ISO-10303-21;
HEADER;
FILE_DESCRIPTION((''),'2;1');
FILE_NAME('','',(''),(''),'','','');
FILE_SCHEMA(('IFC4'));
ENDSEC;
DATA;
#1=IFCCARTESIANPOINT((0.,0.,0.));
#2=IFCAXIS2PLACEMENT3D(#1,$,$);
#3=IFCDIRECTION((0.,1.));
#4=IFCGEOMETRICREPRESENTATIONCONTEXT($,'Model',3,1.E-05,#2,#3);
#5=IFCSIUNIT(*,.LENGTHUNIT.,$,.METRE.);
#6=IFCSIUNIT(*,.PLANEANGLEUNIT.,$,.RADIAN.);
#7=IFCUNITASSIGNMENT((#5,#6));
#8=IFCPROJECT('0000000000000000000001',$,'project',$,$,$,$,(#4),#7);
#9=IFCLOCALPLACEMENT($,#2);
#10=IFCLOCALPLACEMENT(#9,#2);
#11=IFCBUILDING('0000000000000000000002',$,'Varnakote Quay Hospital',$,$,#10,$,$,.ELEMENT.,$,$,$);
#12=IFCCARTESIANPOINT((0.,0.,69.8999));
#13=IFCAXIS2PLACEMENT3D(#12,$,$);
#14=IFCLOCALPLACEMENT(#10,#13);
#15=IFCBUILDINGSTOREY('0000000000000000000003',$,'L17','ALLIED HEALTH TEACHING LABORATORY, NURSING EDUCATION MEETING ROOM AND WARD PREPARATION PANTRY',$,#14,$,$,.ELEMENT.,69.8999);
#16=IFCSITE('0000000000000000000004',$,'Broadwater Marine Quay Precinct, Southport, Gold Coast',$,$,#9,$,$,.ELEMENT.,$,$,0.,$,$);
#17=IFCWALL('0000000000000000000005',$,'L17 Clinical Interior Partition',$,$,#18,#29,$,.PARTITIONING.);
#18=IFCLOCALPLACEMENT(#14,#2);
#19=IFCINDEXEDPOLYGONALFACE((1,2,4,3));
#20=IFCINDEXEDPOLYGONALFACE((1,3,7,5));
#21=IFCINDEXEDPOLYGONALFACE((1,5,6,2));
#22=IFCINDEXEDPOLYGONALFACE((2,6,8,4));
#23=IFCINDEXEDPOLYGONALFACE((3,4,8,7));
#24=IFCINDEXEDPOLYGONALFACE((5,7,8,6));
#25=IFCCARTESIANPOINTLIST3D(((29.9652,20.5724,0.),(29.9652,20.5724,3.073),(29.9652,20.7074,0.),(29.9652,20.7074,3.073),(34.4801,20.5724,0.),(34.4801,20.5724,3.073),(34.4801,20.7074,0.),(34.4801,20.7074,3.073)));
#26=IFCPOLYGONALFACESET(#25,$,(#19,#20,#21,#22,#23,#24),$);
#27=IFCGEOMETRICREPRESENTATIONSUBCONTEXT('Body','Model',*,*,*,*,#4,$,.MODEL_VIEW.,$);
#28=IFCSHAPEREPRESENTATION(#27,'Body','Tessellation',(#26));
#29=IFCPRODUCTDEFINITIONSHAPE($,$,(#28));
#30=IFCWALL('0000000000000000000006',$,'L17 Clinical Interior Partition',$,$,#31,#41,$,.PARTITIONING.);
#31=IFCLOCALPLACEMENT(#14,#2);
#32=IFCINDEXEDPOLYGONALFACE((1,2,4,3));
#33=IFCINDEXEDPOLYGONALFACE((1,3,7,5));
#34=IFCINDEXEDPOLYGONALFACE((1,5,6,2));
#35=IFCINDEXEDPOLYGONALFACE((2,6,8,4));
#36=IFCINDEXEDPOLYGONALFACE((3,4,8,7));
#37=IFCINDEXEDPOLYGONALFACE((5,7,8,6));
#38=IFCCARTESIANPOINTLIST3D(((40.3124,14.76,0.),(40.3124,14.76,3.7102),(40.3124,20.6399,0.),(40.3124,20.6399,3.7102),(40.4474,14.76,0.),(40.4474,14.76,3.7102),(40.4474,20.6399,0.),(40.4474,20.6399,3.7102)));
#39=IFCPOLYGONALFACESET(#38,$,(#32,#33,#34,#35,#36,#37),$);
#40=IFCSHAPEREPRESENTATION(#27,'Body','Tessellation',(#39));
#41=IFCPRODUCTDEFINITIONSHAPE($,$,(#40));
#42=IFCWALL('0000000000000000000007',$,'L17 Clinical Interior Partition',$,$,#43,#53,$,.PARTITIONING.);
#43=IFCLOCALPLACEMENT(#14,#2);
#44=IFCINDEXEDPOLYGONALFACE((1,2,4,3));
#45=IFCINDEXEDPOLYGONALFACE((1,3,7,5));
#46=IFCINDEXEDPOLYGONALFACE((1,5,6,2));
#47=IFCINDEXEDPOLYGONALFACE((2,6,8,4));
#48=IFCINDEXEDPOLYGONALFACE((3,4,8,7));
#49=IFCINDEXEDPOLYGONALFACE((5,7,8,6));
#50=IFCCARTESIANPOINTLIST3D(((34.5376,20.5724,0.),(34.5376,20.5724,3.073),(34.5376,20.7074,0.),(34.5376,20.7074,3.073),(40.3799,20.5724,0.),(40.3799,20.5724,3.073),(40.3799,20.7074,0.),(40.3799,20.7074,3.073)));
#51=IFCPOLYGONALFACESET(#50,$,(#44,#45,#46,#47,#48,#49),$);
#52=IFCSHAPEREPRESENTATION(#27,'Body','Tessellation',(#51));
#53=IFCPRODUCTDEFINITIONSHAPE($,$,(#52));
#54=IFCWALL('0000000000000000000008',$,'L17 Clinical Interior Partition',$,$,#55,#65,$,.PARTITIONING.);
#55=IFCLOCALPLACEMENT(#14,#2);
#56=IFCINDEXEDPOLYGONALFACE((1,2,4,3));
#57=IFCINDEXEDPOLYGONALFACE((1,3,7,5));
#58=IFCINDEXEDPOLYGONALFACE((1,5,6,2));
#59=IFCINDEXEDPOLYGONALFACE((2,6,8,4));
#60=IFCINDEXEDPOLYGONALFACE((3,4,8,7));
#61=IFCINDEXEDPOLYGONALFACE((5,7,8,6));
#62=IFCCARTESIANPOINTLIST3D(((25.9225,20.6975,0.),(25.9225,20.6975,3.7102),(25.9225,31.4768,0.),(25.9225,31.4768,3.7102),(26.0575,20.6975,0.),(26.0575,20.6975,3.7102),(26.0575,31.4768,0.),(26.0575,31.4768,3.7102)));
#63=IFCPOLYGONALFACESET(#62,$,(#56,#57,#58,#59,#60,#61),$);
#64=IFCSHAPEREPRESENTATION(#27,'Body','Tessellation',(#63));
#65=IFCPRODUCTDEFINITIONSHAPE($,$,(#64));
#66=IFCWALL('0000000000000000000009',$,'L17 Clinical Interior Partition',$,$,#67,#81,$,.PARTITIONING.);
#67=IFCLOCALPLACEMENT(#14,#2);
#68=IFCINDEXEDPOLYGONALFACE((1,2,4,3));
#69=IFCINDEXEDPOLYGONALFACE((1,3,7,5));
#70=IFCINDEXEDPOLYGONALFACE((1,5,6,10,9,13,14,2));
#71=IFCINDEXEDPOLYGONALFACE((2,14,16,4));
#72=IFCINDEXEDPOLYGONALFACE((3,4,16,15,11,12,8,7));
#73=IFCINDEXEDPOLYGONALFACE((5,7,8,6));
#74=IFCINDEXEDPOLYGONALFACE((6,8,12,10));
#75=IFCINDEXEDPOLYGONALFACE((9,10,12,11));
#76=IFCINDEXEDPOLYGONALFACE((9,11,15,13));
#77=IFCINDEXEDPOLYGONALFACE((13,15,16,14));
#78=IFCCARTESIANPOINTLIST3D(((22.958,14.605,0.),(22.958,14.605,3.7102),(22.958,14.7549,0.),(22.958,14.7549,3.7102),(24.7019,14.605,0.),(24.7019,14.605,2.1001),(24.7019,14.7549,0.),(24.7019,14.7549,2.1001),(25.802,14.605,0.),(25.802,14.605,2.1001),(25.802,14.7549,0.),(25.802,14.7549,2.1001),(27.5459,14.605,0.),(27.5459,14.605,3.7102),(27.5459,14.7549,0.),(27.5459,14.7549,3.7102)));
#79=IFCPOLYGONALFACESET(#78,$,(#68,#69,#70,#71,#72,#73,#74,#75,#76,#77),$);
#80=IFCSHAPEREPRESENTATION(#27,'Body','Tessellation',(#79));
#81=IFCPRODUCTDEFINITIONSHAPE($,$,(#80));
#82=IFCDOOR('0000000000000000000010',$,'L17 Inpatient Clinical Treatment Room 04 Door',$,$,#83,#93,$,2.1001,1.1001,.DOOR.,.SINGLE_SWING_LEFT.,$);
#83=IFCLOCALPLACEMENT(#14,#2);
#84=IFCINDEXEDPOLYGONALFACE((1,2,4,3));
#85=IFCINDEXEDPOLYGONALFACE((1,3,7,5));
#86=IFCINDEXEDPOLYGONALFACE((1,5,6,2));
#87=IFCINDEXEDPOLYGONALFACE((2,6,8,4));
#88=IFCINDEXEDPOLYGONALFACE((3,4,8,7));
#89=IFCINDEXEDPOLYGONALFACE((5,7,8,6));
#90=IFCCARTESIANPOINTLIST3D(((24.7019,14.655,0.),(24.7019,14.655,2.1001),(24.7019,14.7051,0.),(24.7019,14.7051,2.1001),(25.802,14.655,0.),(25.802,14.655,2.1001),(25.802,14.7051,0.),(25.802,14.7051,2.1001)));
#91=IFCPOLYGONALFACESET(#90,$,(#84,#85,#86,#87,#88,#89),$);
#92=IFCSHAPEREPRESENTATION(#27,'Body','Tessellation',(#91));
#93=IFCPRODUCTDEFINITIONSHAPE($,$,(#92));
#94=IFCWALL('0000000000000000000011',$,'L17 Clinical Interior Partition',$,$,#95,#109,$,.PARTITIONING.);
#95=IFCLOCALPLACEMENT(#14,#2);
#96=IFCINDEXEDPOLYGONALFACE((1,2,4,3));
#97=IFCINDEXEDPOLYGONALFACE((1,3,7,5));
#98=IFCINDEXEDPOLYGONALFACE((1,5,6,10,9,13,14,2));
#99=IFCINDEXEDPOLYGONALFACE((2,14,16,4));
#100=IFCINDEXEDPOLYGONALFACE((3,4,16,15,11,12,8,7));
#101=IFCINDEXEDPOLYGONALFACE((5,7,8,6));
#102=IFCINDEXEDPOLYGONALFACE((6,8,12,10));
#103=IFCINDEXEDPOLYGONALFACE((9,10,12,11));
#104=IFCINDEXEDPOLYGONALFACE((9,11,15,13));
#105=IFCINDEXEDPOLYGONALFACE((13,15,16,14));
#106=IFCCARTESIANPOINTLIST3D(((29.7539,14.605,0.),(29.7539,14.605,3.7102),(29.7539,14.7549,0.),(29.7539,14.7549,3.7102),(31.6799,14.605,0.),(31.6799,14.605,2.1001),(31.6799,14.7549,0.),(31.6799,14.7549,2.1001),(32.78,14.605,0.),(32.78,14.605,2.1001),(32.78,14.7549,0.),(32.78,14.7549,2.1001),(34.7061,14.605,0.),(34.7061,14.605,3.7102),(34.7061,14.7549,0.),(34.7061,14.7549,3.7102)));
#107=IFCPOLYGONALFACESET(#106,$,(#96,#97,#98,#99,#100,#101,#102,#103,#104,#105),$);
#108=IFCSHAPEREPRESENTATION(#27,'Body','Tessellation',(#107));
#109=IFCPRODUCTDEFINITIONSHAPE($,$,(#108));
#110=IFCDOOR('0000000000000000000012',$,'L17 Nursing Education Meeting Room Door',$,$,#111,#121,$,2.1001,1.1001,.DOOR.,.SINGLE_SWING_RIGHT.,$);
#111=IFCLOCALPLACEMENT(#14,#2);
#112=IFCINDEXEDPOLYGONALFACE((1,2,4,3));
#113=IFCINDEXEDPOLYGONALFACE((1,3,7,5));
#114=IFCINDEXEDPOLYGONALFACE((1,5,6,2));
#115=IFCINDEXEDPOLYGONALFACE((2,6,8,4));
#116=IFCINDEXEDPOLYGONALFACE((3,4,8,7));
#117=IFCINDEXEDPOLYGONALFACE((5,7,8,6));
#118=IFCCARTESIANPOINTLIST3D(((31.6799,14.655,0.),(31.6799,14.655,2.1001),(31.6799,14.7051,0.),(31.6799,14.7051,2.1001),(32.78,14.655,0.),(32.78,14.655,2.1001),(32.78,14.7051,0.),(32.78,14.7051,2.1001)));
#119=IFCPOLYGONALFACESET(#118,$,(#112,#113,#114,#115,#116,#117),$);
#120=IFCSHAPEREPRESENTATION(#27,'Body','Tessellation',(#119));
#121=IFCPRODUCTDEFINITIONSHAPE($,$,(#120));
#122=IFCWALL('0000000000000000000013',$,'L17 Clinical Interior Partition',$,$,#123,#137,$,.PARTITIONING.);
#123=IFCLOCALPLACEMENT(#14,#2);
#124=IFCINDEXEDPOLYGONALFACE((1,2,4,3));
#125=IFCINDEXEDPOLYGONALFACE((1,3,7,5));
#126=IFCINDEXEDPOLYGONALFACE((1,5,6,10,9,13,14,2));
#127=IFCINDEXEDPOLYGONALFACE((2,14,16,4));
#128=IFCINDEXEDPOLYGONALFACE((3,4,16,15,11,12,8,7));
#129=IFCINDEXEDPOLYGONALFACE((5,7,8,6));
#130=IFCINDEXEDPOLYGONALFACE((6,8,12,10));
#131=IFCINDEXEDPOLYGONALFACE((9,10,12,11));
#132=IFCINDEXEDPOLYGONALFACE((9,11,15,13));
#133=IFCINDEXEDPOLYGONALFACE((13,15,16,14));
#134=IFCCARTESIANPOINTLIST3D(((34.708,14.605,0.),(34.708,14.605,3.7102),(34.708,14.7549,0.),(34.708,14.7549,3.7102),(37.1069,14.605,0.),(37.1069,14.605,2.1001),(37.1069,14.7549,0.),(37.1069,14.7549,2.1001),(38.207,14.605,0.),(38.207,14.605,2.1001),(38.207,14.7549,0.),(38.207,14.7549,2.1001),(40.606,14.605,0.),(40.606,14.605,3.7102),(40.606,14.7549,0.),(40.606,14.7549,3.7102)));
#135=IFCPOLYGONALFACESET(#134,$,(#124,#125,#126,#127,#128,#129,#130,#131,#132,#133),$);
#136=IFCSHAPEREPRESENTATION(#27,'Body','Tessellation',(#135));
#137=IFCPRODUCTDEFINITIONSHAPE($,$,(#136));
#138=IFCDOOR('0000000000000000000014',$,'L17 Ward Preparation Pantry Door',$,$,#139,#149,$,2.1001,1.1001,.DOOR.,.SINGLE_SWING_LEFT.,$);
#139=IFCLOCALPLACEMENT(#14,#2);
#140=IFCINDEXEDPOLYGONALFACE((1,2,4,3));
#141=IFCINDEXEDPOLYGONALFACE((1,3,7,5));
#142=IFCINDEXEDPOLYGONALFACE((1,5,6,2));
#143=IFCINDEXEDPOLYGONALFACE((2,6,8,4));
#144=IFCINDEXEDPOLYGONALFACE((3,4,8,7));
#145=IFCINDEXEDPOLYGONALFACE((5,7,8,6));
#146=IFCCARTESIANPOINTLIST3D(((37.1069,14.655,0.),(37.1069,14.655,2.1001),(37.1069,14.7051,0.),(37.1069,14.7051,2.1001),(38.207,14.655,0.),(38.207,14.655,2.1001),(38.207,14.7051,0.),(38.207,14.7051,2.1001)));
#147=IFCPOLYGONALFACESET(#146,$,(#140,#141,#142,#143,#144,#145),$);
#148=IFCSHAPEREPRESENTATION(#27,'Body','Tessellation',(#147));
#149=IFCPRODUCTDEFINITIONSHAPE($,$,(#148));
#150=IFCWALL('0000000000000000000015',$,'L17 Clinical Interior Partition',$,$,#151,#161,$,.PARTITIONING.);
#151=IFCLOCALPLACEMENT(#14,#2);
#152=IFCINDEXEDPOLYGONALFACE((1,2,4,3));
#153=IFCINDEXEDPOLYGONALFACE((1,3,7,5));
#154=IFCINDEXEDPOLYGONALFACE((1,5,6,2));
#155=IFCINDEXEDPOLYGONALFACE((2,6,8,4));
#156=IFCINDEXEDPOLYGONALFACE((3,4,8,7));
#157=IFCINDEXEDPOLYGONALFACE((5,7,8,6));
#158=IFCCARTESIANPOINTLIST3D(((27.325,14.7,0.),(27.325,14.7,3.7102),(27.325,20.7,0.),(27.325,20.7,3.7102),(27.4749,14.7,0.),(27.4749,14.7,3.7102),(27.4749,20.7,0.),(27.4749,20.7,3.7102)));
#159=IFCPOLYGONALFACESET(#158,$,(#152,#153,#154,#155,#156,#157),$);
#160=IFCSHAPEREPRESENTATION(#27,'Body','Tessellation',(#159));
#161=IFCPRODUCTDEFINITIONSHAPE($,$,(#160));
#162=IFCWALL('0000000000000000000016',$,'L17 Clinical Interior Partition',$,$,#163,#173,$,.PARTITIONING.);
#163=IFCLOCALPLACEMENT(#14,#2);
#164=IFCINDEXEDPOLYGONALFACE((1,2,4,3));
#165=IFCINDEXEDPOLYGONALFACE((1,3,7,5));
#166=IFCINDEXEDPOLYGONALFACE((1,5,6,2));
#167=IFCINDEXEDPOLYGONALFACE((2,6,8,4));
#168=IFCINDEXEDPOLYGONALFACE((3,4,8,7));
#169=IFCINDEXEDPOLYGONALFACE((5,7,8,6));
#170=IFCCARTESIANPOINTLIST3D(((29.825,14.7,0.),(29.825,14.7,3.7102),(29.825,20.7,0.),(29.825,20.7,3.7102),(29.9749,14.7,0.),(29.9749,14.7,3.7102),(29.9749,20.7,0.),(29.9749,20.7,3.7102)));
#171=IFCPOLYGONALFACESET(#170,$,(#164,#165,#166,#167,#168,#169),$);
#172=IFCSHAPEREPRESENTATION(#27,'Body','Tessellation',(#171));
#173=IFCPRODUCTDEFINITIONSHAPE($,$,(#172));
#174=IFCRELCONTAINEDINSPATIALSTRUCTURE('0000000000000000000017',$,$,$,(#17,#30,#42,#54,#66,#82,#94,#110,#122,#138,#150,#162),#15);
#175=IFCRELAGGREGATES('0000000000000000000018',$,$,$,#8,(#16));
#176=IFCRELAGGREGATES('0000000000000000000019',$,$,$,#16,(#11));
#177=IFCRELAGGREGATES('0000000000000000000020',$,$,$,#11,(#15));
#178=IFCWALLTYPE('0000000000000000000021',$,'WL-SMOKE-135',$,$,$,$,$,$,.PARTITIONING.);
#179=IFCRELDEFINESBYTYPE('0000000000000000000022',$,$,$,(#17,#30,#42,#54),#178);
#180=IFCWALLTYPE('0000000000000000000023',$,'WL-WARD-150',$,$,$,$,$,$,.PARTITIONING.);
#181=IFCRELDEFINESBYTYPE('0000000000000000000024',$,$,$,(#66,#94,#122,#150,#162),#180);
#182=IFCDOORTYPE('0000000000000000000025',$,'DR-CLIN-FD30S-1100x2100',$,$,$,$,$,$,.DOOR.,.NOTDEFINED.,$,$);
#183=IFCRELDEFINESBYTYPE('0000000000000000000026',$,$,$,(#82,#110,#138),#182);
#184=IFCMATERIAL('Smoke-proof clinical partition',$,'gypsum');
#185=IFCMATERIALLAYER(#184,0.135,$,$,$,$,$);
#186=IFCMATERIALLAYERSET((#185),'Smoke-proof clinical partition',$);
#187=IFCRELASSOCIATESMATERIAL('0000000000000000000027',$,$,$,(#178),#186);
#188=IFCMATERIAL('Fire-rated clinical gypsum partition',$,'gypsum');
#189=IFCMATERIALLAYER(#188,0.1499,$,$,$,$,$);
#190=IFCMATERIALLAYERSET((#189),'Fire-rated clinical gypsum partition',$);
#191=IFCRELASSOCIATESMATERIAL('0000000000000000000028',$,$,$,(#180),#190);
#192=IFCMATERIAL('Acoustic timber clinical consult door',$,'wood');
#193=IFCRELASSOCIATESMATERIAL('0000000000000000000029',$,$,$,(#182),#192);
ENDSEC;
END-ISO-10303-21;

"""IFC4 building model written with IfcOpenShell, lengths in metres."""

from ifc_helpers import new_model, si_unit, direction, frame, frame_2d, origin, place, context, subcontext, project, spatial, rectangle, extrude, material, layer, layer_set, type_object, element, fill, save


model = new_model("IFC4")

# Units and contexts
model_context = context("Model", 3, precision=1e-05, world=origin(), true_north=direction((0.0, 1.0)))
body_context = subcontext(model_context, "Body", "Model", "MODEL_VIEW")
ifc_project = project(units=[si_unit("LENGTHUNIT", "METRE"), si_unit("PLANEANGLEUNIT", "RADIAN")], contexts=[model_context])

# Site, building, storey
site_placement = place(None, origin())
site = spatial("IfcSite", under=ifc_project, at=site_placement, Name="Broadwater Marine Quay Precinct, Southport, Gold Coast", CompositionType="ELEMENT", RefElevation=0.0)
building_placement = place(site_placement, origin())
building = spatial("IfcBuilding", under=site, at=building_placement, Name="Varnakote Quay Hospital", CompositionType="ELEMENT")
storey_placement = place(building_placement, frame((0.0, 0.0, 69.8999)))
storey = spatial("IfcBuildingStorey", under=building, at=storey_placement, Name="L17", Description="ALLIED HEALTH TEACHING LABORATORY, NURSING EDUCATION MEETING ROOM AND WARD PREPARATION PANTRY", CompositionType="ELEMENT", Elevation=69.8999)

# Walls
ifc_material_1 = material(Name="Smoke-proof clinical partition", Category="gypsum")
ifc_layer_1 = layer(ifc_material_1, 0.135)
ifc_layer_set_1 = layer_set([ifc_layer_1], Name="Smoke-proof clinical partition")
wall_type_1 = type_object("IfcWallType", Name="WL-SMOKE-135", PredefinedType="PARTITIONING", material=ifc_layer_set_1)
wall_1_placement = place(storey_placement, frame((34.48, 20.6399, 0.0), z_axis=(0.0, 0.0, 1.0), x_axis=(-1.0, 0.0, 0.0)))
element("IfcWall", 1, at=wall_1_placement, inside=storey, type_object=wall_type_1, Name="L17 Clinical Interior Partition", PredefinedType="PARTITIONING", context=body_context, shape_type="SweptSolid", body=[
    extrude(rectangle(XDim=4.5149, YDim=0.135, at=frame_2d((2.2573, 0.0))), origin(), (0.0, 0.0, 1.0), 3.073),
])
wall_2_placement = place(storey_placement, frame((40.3799, 14.76, 0.0), z_axis=(0.0, 0.0, 1.0), x_axis=(0.0, 1.0, 0.0)))
element("IfcWall", 2, at=wall_2_placement, inside=storey, type_object=wall_type_1, Name="L17 Clinical Interior Partition", PredefinedType="PARTITIONING", context=body_context, shape_type="SweptSolid", body=[
    extrude(rectangle(XDim=5.8799, YDim=0.135, at=frame_2d((2.9399, 0.0))), origin(), (0.0, 0.0, 1.0), 3.7102),
])
wall_3_placement = place(storey_placement, frame((40.3799, 20.6399, 0.0), z_axis=(0.0, 0.0, 1.0), x_axis=(-1.0, 0.0, 0.0)))
element("IfcWall", 3, at=wall_3_placement, inside=storey, type_object=wall_type_1, Name="L17 Clinical Interior Partition", PredefinedType="PARTITIONING", context=body_context, shape_type="SweptSolid", body=[
    extrude(rectangle(XDim=5.8423, YDim=0.135, at=frame_2d((2.9211, 0.0))), origin(), (0.0, 0.0, 1.0), 3.073),
])
wall_4_placement = place(storey_placement, frame((25.99, 20.6975, 0.0), z_axis=(0.0, 0.0, 1.0), x_axis=(0.0, 1.0, 0.0)))
element("IfcWall", 4, at=wall_4_placement, inside=storey, type_object=wall_type_1, Name="L17 Clinical Interior Partition", PredefinedType="PARTITIONING", context=body_context, shape_type="SweptSolid", body=[
    extrude(rectangle(XDim=10.7793, YDim=0.135, at=frame_2d((5.3896, 0.0))), origin(), (0.0, 0.0, 1.0), 3.7102),
])

# Walls, openings, doors
ifc_material_2 = material(Name="Fire-rated clinical gypsum partition", Category="gypsum")
ifc_layer_2 = layer(ifc_material_2, 0.1499)
ifc_layer_set_2 = layer_set([ifc_layer_2], Name="Fire-rated clinical gypsum partition")
wall_type_2 = type_object("IfcWallType", Name="WL-WARD-150", PredefinedType="PARTITIONING", material=ifc_layer_set_2)
wall_5_placement = place(storey_placement, frame((27.5459, 14.6799, 0.0), z_axis=(0.0, 0.0, 1.0), x_axis=(-1.0, 0.0, 0.0)))
wall_5 = element("IfcWall", 5, at=wall_5_placement, inside=storey, type_object=wall_type_2, Name="L17 Clinical Interior Partition", PredefinedType="PARTITIONING", context=body_context, shape_type="SweptSolid", body=[
    extrude(rectangle(XDim=4.5879, YDim=0.1499, at=frame_2d((2.2939, 0.0))), origin(), (0.0, 0.0, 1.0), 3.7102),
])
opening_1_placement = place(wall_5_placement, frame((1.7439, 0.0, 0.0)))
opening_1 = element("IfcOpeningElement", 6, at=opening_1_placement, cuts=wall_5, PredefinedType="OPENING", context=body_context, shape_type="SweptSolid", body=[
    extrude(rectangle(XDim=1.1001, YDim=2.1001, at=frame_2d((0.55, 1.05))), frame((0.0, 0.085, 0.0), z_axis=(0.0, -1.0, 0.0), x_axis=(1.0, 0.0, 0.0)), (0.0, 0.0, 1.0), 0.1699),
])
ifc_material_3 = material(Name="Acoustic timber clinical consult door", Category="wood")
door_type_1 = type_object("IfcDoorType", Name="DR-CLIN-FD30S-1100x2100", OperationType="NOTDEFINED", PredefinedType="DOOR", material=ifc_material_3)
door_1_placement = place(opening_1_placement, origin())
door_1 = element("IfcDoor", 7, at=door_1_placement, inside=storey, type_object=door_type_1, Name="L17 Inpatient Clinical Treatment Room 04 Door", OperationType="SINGLE_SWING_LEFT", OverallHeight=2.1001, OverallWidth=1.1001, PredefinedType="DOOR", context=body_context, shape_type="SweptSolid", body=[
    extrude(rectangle(XDim=1.1001, YDim=2.1001, at=frame_2d((0.55, 1.05))), frame((0.0, 0.0249, 0.0), z_axis=(0.0, -1.0, 0.0), x_axis=(1.0, 0.0, 0.0)), (0.0, 0.0, 1.0), 0.05),
])
fill(opening_1, door_1)
wall_6_placement = place(storey_placement, frame((34.7061, 14.6799, 0.0), z_axis=(0.0, 0.0, 1.0), x_axis=(-1.0, 0.0, 0.0)))
wall_6 = element("IfcWall", 8, at=wall_6_placement, inside=storey, type_object=wall_type_2, Name="L17 Clinical Interior Partition", PredefinedType="PARTITIONING", context=body_context, shape_type="SweptSolid", body=[
    extrude(rectangle(XDim=4.9521, YDim=0.1499, at=frame_2d((2.4761, 0.0))), origin(), (0.0, 0.0, 1.0), 3.7102),
])
opening_2_placement = place(wall_6_placement, frame((1.926, 0.0, 0.0)))
opening_2 = element("IfcOpeningElement", 9, at=opening_2_placement, cuts=wall_6, PredefinedType="OPENING", context=body_context, shape_type="SweptSolid", body=[
    extrude(rectangle(XDim=1.1001, YDim=2.1001, at=frame_2d((0.55, 1.05))), frame((0.0, 0.085, 0.0), z_axis=(0.0, -1.0, 0.0), x_axis=(1.0, 0.0, 0.0)), (0.0, 0.0, 1.0), 0.1699),
])
door_2_placement = place(opening_2_placement, origin())
door_2 = element("IfcDoor", 10, at=door_2_placement, inside=storey, type_object=door_type_1, Name="L17 Nursing Education Meeting Room Door", OperationType="SINGLE_SWING_RIGHT", OverallHeight=2.1001, OverallWidth=1.1001, PredefinedType="DOOR", context=body_context, shape_type="SweptSolid", body=[
    extrude(rectangle(XDim=1.1001, YDim=2.1001, at=frame_2d((0.55, 1.05))), frame((0.0, 0.0249, 0.0), z_axis=(0.0, -1.0, 0.0), x_axis=(1.0, 0.0, 0.0)), (0.0, 0.0, 1.0), 0.05),
])
fill(opening_2, door_2)
wall_7_placement = place(storey_placement, frame((40.606, 14.6799, 0.0), z_axis=(0.0, 0.0, 1.0), x_axis=(-1.0, 0.0, 0.0)))
wall_7 = element("IfcWall", 11, at=wall_7_placement, inside=storey, type_object=wall_type_2, Name="L17 Clinical Interior Partition", PredefinedType="PARTITIONING", context=body_context, shape_type="SweptSolid", body=[
    extrude(rectangle(XDim=5.8979, YDim=0.1499, at=frame_2d((2.949, 0.0))), origin(), (0.0, 0.0, 1.0), 3.7102),
])
opening_3_placement = place(wall_7_placement, frame((2.3989, 0.0, 0.0)))
opening_3 = element("IfcOpeningElement", 12, at=opening_3_placement, cuts=wall_7, PredefinedType="OPENING", context=body_context, shape_type="SweptSolid", body=[
    extrude(rectangle(XDim=1.1001, YDim=2.1001, at=frame_2d((0.55, 1.05))), frame((0.0, 0.085, 0.0), z_axis=(0.0, -1.0, 0.0), x_axis=(1.0, 0.0, 0.0)), (0.0, 0.0, 1.0), 0.1699),
])
door_3_placement = place(opening_3_placement, origin())
door_3 = element("IfcDoor", 13, at=door_3_placement, inside=storey, type_object=door_type_1, Name="L17 Ward Preparation Pantry Door", OperationType="SINGLE_SWING_LEFT", OverallHeight=2.1001, OverallWidth=1.1001, PredefinedType="DOOR", context=body_context, shape_type="SweptSolid", body=[
    extrude(rectangle(XDim=1.1001, YDim=2.1001, at=frame_2d((0.55, 1.05))), frame((0.0, 0.0249, 0.0), z_axis=(0.0, -1.0, 0.0), x_axis=(1.0, 0.0, 0.0)), (0.0, 0.0, 1.0), 0.05),
])
fill(opening_3, door_3)

# Walls
for number, where, z_axis, x_axis, name in (
    (14, (27.3999, 20.7, 0.0), (0.0, 0.0, 1.0), (0.0, -1.0, 0.0), "L17 Clinical Interior Partition"),
    (15, (29.8999, 14.7, 0.0), (0.0, 0.0, 1.0), (0.0, 1.0, 0.0), "L17 Clinical Interior Partition"),
):
    element("IfcWall", number, at=place(storey_placement, frame(where, z_axis=z_axis, x_axis=x_axis)), inside=storey, type_object=wall_type_2, Name=name, PredefinedType="PARTITIONING", context=body_context, shape_type="SweptSolid", body=[
        extrude(rectangle(XDim=6.0, YDim=0.1499, at=frame_2d((3.0, 0.0))), origin(), (0.0, 0.0, 1.0), 3.7102),
    ])

save(model, "model.ifc")
